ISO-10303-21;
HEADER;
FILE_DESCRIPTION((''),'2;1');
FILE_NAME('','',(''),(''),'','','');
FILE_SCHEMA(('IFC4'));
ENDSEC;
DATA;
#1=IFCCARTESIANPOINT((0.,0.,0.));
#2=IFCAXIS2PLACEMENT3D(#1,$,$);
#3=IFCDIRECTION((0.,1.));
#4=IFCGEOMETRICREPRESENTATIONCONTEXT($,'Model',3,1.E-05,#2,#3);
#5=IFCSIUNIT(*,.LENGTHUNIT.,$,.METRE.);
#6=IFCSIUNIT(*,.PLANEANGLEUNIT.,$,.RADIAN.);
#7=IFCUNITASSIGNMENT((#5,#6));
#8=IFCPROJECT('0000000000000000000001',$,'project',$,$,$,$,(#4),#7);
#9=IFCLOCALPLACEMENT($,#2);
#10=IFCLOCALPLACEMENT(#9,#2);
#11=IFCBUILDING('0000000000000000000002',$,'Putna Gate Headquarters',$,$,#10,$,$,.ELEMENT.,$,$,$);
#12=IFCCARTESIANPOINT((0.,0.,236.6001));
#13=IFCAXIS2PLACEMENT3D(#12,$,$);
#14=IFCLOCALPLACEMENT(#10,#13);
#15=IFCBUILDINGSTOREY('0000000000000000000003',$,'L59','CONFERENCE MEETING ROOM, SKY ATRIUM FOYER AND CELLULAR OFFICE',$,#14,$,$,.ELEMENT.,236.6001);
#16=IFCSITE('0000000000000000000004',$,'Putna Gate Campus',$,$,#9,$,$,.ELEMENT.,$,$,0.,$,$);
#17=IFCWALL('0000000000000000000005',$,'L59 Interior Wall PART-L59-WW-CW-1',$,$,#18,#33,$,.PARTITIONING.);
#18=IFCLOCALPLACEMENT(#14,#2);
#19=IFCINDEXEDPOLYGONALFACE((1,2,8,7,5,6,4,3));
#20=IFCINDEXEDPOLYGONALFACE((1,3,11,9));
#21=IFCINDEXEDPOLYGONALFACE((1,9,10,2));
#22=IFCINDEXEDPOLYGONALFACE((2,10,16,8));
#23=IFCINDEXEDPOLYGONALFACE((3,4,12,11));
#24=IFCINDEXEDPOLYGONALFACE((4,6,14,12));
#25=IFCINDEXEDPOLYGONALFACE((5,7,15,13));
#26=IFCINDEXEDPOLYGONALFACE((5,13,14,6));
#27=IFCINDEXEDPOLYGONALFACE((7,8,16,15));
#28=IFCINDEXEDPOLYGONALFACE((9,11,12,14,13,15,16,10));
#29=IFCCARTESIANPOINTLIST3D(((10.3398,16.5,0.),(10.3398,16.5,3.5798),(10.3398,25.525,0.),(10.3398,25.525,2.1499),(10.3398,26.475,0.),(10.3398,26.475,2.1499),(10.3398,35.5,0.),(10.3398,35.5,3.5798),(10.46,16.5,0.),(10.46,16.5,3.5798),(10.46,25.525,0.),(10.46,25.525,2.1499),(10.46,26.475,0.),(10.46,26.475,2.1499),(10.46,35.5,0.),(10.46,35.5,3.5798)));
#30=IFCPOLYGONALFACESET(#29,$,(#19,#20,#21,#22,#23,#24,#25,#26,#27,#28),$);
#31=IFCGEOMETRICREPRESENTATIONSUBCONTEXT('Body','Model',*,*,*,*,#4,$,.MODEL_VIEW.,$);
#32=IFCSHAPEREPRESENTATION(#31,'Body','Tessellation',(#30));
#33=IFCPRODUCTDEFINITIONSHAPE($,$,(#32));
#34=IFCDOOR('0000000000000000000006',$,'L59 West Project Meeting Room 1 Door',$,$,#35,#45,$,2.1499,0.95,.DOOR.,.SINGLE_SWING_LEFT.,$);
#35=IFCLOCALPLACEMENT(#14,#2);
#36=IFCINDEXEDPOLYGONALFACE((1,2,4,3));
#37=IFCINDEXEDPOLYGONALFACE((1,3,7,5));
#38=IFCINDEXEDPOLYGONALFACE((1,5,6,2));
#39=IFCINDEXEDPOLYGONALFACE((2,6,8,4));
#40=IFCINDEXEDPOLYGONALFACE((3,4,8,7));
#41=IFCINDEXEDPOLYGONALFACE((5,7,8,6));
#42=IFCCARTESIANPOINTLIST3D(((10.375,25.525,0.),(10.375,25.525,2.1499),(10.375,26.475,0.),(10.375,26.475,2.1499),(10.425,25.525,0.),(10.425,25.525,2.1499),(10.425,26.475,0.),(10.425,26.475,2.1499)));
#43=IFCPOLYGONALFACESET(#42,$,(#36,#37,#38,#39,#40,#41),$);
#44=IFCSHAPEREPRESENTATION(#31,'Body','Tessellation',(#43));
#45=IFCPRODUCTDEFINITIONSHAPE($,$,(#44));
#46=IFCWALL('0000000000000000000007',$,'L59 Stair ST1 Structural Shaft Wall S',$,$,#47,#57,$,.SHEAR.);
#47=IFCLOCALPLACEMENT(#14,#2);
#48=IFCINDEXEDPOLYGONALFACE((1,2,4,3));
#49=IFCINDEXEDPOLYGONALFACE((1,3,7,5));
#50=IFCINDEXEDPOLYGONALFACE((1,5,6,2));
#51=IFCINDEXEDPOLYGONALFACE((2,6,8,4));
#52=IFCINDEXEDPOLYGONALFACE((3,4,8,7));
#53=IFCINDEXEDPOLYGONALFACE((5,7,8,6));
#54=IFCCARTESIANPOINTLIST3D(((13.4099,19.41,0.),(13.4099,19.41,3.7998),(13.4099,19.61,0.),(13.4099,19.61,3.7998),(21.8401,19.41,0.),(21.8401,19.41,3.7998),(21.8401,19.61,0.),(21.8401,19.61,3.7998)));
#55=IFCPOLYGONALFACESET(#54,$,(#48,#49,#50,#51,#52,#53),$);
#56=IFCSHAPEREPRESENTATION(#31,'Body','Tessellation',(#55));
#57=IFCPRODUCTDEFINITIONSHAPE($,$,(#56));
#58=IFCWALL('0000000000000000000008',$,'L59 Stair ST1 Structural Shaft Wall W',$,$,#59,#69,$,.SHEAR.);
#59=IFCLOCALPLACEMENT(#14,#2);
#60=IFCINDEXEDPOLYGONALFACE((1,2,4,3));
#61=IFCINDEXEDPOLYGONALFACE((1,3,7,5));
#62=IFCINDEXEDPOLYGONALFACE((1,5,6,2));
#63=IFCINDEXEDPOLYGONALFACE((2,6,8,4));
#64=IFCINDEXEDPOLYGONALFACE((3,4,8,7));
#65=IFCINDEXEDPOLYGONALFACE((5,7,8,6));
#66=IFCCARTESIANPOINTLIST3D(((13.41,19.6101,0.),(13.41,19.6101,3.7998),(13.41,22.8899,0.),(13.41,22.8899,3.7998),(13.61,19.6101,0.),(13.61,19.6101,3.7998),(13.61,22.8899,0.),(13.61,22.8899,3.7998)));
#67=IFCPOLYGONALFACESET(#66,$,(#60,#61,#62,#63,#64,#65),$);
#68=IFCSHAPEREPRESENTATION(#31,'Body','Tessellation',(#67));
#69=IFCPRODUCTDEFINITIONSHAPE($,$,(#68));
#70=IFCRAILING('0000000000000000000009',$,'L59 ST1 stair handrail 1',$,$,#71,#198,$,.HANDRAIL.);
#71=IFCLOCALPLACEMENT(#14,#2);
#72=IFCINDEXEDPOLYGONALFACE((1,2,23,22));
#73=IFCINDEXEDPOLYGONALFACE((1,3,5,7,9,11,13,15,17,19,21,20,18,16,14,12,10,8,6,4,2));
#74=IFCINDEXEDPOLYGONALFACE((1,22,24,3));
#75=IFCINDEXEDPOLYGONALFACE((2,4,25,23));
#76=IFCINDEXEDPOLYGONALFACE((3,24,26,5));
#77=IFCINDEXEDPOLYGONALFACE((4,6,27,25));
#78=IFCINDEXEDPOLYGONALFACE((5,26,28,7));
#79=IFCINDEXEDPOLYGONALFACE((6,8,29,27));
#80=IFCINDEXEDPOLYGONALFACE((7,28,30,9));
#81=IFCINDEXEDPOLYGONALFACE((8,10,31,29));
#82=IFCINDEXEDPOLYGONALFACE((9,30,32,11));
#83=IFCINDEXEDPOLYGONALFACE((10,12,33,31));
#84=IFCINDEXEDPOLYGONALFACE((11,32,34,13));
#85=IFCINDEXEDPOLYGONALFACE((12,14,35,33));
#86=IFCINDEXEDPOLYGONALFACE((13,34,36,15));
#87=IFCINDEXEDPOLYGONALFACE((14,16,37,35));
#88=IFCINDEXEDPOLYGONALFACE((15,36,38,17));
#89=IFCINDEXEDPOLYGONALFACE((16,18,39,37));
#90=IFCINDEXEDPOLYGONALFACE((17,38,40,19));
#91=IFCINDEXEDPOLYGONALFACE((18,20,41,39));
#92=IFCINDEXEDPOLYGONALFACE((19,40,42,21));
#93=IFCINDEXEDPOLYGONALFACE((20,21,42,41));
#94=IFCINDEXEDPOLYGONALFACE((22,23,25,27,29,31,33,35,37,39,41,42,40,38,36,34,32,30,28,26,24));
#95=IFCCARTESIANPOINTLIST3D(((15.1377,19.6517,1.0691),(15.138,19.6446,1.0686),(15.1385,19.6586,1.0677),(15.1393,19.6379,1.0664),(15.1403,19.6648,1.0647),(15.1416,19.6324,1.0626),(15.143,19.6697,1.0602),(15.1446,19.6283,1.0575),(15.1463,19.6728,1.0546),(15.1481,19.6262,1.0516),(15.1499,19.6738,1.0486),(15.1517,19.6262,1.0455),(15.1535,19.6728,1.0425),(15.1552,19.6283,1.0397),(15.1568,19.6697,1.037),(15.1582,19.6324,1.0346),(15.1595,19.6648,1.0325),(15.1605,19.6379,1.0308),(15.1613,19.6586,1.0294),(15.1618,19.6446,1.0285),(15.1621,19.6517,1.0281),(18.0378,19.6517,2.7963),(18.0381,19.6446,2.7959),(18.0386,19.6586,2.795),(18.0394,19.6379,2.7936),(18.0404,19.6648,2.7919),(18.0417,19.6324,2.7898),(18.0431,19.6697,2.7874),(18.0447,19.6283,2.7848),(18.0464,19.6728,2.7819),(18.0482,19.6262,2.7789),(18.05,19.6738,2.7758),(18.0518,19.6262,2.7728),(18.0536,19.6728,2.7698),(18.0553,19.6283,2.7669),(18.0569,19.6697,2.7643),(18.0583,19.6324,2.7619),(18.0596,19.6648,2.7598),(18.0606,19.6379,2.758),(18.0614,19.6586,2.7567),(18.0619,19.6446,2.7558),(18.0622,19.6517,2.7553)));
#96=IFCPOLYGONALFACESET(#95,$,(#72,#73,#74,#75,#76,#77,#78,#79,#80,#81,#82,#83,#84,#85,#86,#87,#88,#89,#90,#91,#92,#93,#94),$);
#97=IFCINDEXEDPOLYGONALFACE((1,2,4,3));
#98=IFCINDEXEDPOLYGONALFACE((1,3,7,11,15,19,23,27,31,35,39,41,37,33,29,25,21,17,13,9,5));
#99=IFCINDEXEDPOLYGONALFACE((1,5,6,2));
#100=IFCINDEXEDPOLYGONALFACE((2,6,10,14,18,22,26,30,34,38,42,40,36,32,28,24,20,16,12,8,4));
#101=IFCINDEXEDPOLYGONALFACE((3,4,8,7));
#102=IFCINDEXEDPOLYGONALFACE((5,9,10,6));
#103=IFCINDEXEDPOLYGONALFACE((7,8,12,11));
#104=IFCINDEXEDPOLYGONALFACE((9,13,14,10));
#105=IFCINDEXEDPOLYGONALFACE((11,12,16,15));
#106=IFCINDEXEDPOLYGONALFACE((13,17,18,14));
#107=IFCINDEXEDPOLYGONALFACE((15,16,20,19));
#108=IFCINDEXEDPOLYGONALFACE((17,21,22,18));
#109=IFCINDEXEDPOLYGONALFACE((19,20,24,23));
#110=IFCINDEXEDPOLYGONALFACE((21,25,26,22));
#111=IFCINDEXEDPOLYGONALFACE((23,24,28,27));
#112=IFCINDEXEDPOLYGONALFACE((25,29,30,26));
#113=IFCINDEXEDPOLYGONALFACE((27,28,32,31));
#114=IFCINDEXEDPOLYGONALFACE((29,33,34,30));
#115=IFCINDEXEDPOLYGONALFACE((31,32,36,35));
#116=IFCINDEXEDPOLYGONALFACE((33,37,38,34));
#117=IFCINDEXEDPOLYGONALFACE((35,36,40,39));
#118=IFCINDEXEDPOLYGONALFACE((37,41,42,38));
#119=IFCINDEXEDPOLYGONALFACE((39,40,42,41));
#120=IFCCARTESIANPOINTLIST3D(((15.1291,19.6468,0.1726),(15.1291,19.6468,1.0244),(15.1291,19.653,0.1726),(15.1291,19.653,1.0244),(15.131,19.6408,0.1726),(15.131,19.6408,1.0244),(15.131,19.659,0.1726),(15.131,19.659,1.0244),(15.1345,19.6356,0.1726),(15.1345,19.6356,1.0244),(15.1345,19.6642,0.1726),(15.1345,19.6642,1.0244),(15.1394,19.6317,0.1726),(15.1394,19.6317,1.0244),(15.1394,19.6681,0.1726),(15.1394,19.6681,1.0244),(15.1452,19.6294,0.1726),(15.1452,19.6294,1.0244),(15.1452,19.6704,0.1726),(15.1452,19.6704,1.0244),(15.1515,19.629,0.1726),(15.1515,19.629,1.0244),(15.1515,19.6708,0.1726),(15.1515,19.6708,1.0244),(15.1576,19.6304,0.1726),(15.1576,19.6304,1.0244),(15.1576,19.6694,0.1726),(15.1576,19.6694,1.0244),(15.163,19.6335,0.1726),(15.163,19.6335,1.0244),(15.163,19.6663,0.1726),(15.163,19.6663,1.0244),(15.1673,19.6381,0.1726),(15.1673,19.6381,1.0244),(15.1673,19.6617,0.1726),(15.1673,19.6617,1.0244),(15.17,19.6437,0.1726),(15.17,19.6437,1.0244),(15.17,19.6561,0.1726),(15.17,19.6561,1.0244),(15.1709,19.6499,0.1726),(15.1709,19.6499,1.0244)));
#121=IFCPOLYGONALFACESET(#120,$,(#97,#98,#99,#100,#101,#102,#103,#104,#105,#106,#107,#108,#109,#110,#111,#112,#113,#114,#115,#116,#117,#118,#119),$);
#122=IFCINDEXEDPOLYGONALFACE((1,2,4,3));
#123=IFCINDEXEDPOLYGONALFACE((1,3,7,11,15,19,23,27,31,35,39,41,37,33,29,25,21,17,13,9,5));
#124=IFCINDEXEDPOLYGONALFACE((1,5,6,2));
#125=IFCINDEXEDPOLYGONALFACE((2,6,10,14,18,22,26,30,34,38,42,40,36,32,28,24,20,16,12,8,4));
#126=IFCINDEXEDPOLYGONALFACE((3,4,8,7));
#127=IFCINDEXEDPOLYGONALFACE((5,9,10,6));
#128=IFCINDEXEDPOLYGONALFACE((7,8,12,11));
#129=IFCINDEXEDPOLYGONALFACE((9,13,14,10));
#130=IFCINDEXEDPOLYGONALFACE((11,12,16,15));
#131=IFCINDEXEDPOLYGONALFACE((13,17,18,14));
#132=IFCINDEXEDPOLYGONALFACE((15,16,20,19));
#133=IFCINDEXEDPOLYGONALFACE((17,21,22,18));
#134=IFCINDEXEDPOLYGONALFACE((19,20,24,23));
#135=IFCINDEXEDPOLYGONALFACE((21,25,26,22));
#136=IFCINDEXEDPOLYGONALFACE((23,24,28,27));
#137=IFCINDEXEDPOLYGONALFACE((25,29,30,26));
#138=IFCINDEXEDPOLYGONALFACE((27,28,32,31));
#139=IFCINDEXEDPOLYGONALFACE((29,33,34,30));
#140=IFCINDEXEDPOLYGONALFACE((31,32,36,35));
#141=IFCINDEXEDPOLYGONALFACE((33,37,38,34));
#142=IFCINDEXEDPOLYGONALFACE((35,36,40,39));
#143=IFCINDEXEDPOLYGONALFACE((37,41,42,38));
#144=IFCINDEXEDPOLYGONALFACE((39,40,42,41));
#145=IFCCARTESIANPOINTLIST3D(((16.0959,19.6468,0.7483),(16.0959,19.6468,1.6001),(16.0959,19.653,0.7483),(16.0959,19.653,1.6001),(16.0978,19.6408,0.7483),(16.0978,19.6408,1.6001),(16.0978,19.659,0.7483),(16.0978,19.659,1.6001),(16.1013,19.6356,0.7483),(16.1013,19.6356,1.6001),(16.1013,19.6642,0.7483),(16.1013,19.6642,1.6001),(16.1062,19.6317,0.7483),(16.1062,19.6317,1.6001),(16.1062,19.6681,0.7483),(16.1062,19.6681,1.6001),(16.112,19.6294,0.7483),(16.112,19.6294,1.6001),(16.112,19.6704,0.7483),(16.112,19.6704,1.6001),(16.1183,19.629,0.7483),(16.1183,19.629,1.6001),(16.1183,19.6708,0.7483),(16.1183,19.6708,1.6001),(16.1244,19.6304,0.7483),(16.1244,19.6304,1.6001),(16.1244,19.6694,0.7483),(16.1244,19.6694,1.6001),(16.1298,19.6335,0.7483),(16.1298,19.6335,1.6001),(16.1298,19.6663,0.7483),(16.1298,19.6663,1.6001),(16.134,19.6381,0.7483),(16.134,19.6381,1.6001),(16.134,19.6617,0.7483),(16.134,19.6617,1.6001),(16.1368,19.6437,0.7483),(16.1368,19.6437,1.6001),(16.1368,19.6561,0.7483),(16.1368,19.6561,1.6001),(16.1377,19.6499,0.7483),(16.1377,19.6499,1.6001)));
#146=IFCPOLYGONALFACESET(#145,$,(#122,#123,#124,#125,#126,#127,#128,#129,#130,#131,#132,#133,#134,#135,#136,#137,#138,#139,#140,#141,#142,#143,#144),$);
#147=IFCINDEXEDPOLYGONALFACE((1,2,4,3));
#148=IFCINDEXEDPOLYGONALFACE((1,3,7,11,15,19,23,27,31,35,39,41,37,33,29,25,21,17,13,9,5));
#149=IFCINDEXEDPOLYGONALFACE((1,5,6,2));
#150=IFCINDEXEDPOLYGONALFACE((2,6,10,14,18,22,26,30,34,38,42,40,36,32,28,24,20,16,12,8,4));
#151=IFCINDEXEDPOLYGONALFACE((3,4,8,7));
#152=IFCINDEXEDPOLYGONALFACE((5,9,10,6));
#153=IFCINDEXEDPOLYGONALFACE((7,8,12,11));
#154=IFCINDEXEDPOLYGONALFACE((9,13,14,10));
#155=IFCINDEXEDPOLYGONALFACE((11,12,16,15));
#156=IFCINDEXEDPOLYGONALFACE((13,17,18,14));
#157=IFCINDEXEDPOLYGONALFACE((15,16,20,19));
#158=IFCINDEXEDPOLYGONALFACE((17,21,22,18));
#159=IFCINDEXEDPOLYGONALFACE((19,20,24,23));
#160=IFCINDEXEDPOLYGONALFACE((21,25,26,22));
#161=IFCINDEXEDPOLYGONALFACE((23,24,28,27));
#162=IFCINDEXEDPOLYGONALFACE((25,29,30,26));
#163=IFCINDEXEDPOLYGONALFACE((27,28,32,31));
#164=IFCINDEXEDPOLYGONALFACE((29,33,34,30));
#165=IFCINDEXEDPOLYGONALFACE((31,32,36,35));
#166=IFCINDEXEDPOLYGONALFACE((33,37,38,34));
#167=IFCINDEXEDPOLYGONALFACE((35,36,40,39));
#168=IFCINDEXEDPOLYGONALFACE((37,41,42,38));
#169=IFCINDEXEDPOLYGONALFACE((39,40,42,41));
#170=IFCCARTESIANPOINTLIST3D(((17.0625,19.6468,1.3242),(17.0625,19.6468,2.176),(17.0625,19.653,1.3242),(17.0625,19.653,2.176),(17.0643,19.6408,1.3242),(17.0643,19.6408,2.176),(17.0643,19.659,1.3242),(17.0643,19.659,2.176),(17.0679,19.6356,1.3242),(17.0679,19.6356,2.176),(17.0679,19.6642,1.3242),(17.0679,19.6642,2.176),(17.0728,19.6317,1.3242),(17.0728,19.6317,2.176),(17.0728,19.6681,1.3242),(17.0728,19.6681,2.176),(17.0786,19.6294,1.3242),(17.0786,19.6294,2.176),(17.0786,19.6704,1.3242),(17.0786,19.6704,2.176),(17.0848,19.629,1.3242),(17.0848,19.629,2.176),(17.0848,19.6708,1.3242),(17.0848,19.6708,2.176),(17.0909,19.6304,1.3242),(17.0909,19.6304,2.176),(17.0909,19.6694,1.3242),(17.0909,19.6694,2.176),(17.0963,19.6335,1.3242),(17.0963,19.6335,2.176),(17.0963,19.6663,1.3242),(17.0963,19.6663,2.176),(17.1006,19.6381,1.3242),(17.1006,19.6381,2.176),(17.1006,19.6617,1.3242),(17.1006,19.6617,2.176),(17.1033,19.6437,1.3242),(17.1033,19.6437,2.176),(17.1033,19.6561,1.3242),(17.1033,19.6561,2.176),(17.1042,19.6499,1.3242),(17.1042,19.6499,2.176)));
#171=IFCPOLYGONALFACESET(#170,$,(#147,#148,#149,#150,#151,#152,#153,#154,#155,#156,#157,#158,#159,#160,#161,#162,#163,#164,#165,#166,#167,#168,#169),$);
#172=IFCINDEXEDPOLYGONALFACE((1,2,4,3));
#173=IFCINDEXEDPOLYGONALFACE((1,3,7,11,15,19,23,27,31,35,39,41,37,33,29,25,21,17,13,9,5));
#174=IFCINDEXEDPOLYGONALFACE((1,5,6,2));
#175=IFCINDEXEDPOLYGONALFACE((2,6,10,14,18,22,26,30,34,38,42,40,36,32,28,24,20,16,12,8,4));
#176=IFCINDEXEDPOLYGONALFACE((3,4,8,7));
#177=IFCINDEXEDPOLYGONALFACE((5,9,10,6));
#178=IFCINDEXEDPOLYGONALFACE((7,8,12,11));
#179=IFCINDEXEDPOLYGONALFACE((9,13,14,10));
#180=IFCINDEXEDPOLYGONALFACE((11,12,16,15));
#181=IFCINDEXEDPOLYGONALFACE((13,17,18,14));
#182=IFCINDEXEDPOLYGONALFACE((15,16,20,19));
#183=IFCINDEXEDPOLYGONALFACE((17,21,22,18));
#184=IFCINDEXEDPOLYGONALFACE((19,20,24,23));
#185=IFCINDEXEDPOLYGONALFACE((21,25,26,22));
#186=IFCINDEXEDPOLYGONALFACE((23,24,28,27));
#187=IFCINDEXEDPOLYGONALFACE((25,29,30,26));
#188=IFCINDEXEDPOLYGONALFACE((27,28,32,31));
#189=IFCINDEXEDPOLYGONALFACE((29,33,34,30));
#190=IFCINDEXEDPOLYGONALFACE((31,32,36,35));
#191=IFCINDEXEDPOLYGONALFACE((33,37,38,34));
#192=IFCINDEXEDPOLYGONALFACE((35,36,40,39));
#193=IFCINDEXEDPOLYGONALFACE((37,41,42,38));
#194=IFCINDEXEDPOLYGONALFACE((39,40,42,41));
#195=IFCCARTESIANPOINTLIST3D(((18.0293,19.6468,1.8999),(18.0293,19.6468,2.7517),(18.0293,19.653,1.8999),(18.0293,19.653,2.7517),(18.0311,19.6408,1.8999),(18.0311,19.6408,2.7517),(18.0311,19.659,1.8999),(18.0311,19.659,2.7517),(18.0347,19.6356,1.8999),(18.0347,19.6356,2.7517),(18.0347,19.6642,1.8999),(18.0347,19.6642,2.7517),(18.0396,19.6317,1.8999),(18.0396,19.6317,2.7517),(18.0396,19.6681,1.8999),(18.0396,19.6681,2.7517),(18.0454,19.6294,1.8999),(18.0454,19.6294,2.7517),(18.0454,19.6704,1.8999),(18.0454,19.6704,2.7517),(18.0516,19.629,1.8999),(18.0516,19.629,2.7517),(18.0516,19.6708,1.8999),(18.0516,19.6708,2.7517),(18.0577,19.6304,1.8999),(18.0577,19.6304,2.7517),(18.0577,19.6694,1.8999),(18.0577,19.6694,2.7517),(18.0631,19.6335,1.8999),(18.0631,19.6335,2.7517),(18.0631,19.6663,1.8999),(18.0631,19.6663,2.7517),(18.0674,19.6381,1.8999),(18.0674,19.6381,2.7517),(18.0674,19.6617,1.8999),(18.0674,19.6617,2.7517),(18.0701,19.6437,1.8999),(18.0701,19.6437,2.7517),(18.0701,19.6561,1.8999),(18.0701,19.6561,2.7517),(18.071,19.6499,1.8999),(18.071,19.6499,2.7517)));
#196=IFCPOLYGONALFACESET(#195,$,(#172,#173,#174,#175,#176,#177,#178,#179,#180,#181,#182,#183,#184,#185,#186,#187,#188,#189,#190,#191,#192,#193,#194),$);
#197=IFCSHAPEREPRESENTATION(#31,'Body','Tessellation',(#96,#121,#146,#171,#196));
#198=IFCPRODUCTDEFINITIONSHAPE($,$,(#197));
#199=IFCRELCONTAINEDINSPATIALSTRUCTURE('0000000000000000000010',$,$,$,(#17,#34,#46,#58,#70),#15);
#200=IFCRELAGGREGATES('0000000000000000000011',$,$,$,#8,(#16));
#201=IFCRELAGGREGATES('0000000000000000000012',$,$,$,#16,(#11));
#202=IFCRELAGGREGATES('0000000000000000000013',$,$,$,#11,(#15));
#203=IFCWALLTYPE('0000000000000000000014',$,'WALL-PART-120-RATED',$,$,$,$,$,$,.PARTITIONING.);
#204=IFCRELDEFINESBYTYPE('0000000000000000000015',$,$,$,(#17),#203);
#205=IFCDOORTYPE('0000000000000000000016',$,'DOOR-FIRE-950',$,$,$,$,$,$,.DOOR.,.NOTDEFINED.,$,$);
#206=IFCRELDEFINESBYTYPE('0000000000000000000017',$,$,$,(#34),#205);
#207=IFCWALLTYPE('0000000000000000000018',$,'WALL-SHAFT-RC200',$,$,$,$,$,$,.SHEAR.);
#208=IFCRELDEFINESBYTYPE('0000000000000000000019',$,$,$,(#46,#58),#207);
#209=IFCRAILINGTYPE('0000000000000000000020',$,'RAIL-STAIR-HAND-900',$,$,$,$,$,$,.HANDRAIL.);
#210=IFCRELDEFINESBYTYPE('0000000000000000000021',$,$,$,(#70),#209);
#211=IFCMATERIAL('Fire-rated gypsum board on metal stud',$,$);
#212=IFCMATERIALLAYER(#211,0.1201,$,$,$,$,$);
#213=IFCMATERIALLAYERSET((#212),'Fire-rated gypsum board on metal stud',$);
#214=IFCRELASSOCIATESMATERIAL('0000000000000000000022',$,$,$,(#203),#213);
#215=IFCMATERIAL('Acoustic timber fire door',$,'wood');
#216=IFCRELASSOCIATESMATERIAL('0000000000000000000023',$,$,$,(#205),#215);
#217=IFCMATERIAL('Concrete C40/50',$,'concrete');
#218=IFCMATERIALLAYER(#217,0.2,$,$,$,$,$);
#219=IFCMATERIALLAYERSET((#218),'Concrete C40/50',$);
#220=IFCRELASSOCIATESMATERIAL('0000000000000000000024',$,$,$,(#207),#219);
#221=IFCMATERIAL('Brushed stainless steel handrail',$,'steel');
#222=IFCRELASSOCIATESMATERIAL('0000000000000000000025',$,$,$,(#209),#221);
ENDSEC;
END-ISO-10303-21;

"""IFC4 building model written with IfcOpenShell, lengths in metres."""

from ifc_helpers import new_model, si_unit, direction, frame, frame_2d, origin, origin_2d, place, context, subcontext, project, spatial, rectangle, circle, extrude, material, layer, layer_set, type_object, element, fill, save


model = new_model("IFC4")

# Units and contexts
model_context = context("Model", 3, precision=1e-05, world=origin(), true_north=direction((0.0, 1.0)))
body_context = subcontext(model_context, "Body", "Model", "MODEL_VIEW")
ifc_project = project(units=[si_unit("LENGTHUNIT", "METRE"), si_unit("PLANEANGLEUNIT", "RADIAN")], contexts=[model_context])

# Site, building, storey
site_placement = place(None, origin())
site = spatial("IfcSite", under=ifc_project, at=site_placement, Name="Putna Gate Campus", CompositionType="ELEMENT", RefElevation=0.0)
building_placement = place(site_placement, origin())
building = spatial("IfcBuilding", under=site, at=building_placement, Name="Putna Gate Headquarters", CompositionType="ELEMENT")
storey_placement = place(building_placement, frame((0.0, 0.0, 236.6001)))
storey = spatial("IfcBuildingStorey", under=building, at=storey_placement, Name="L59", Description="CONFERENCE MEETING ROOM, SKY ATRIUM FOYER AND CELLULAR OFFICE", CompositionType="ELEMENT", Elevation=236.6001)

# Shared definitions
ifc_material_1 = material(Name="Fire-rated gypsum board on metal stud")
ifc_layer_1 = layer(ifc_material_1, 0.1201)
ifc_layer_set_1 = layer_set([ifc_layer_1], Name="Fire-rated gypsum board on metal stud")
wall_type_1 = type_object("IfcWallType", Name="WALL-PART-120-RATED", PredefinedType="PARTITIONING", material=ifc_layer_set_1)
ifc_material_2 = material(Name="Acoustic timber fire door", Category="wood")
door_type_1 = type_object("IfcDoorType", Name="DOOR-FIRE-950", OperationType="NOTDEFINED", PredefinedType="DOOR", material=ifc_material_2)

# Wall, opening, door
wall_1_placement = place(storey_placement, frame((10.3999, 16.5, 0.0), z_axis=(0.0, 0.0, 1.0), x_axis=(0.0, 1.0, 0.0)))
wall_1 = element("IfcWall", 1, at=wall_1_placement, inside=storey, type_object=wall_type_1, Name="L59 Interior Wall PART-L59-WW-CW-1", PredefinedType="PARTITIONING", context=body_context, shape_type="SweptSolid", body=[
    extrude(rectangle(XDim=19.0, YDim=0.1201, at=frame_2d((9.5, 0.0))), origin(), (0.0, 0.0, 1.0), 3.5798),
])
opening_1_placement = place(wall_1_placement, frame((9.0249, 0.0, 0.0)))
opening_1 = element("IfcOpeningElement", 2, at=opening_1_placement, cuts=wall_1, PredefinedType="OPENING", context=body_context, shape_type="SweptSolid", body=[
    extrude(rectangle(XDim=0.95, YDim=2.1499, at=frame_2d((0.4751, 1.075))), frame((0.0, 0.0701, 0.0), z_axis=(0.0, -1.0, 0.0), x_axis=(1.0, 0.0, 0.0)), (0.0, 0.0, 1.0), 0.1401),
])
door_1_placement = place(opening_1_placement, origin())
door_1 = element("IfcDoor", 3, at=door_1_placement, inside=storey, type_object=door_type_1, Name="L59 West Project Meeting Room 1 Door", OperationType="SINGLE_SWING_LEFT", OverallHeight=2.1499, OverallWidth=0.95, PredefinedType="DOOR", context=body_context, shape_type="SweptSolid", body=[
    extrude(rectangle(XDim=0.95, YDim=2.1499, at=frame_2d((0.4751, 1.075))), frame((0.0, 0.0249, 0.0), z_axis=(0.0, -1.0, 0.0), x_axis=(1.0, 0.0, 0.0)), (0.0, 0.0, 1.0), 0.05),
])
fill(opening_1, door_1)

# Walls
ifc_material_3 = material(Name="Concrete C40/50", Category="concrete")
ifc_layer_2 = layer(ifc_material_3, 0.2)
ifc_layer_set_2 = layer_set([ifc_layer_2], Name="Concrete C40/50")
wall_type_2 = type_object("IfcWallType", Name="WALL-SHAFT-RC200", PredefinedType="SHEAR", material=ifc_layer_set_2)
wall_2_placement = place(storey_placement, frame((13.4099, 19.51, 0.0), z_axis=(0.0, 0.0, 1.0), x_axis=(1.0, 0.0, 0.0)))
element("IfcWall", 4, at=wall_2_placement, inside=storey, type_object=wall_type_2, Name="L59 Stair ST1 Structural Shaft Wall S", PredefinedType="SHEAR", context=body_context, shape_type="SweptSolid", body=[
    extrude(rectangle(XDim=8.4302, YDim=0.2, at=frame_2d((4.2151, 0.0))), origin(), (0.0, 0.0, 1.0), 3.7998),
])
wall_3_placement = place(storey_placement, frame((13.51, 19.6101, 0.0), z_axis=(0.0, 0.0, 1.0), x_axis=(0.0, 1.0, 0.0)))
element("IfcWall", 5, at=wall_3_placement, inside=storey, type_object=wall_type_2, Name="L59 Stair ST1 Structural Shaft Wall W", PredefinedType="SHEAR", context=body_context, shape_type="SweptSolid", body=[
    extrude(rectangle(XDim=3.2798, YDim=0.2, at=frame_2d((1.6399, 0.0))), origin(), (0.0, 0.0, 1.0), 3.7998),
])

# Railing
ifc_material_4 = material(Name="Brushed stainless steel handrail", Category="steel")
railing_type = type_object("IfcRailingType", Name="RAIL-STAIR-HAND-900", PredefinedType="HANDRAIL", material=ifc_material_4)
railing_placement = place(storey_placement, frame((15.1499, 19.6499, 0.1726)))
element("IfcRailing", 6, at=railing_placement, inside=storey, type_object=railing_type, Name="L59 ST1 stair handrail 1", PredefinedType="HANDRAIL", context=body_context, shape_type="SweptSolid", body=[
    extrude(circle(Radius=0.0239, at=origin_2d()), frame((0.0, 0.0, 0.876), z_axis=(0.85916, 0.0, 0.511706), x_axis=(0.0, 1.0, 0.0)), (0.0, 0.0, 1.0), 3.3755),
    extrude(circle(Radius=0.021, at=origin_2d()), origin(), (0.0, 0.0, 1.0), 0.8518),
    extrude(circle(Radius=0.021, at=origin_2d()), frame((0.9668, 0.0, 0.5757)), (0.0, 0.0, 1.0), 0.8518),
    extrude(circle(Radius=0.021, at=origin_2d()), frame((1.9333, 0.0, 1.1516)), (0.0, 0.0, 1.0), 0.8518),
    extrude(circle(Radius=0.021, at=origin_2d()), frame((2.9001, 0.0, 1.7273)), (0.0, 0.0, 1.0), 0.8518),
])

save(model, "model.ifc")
